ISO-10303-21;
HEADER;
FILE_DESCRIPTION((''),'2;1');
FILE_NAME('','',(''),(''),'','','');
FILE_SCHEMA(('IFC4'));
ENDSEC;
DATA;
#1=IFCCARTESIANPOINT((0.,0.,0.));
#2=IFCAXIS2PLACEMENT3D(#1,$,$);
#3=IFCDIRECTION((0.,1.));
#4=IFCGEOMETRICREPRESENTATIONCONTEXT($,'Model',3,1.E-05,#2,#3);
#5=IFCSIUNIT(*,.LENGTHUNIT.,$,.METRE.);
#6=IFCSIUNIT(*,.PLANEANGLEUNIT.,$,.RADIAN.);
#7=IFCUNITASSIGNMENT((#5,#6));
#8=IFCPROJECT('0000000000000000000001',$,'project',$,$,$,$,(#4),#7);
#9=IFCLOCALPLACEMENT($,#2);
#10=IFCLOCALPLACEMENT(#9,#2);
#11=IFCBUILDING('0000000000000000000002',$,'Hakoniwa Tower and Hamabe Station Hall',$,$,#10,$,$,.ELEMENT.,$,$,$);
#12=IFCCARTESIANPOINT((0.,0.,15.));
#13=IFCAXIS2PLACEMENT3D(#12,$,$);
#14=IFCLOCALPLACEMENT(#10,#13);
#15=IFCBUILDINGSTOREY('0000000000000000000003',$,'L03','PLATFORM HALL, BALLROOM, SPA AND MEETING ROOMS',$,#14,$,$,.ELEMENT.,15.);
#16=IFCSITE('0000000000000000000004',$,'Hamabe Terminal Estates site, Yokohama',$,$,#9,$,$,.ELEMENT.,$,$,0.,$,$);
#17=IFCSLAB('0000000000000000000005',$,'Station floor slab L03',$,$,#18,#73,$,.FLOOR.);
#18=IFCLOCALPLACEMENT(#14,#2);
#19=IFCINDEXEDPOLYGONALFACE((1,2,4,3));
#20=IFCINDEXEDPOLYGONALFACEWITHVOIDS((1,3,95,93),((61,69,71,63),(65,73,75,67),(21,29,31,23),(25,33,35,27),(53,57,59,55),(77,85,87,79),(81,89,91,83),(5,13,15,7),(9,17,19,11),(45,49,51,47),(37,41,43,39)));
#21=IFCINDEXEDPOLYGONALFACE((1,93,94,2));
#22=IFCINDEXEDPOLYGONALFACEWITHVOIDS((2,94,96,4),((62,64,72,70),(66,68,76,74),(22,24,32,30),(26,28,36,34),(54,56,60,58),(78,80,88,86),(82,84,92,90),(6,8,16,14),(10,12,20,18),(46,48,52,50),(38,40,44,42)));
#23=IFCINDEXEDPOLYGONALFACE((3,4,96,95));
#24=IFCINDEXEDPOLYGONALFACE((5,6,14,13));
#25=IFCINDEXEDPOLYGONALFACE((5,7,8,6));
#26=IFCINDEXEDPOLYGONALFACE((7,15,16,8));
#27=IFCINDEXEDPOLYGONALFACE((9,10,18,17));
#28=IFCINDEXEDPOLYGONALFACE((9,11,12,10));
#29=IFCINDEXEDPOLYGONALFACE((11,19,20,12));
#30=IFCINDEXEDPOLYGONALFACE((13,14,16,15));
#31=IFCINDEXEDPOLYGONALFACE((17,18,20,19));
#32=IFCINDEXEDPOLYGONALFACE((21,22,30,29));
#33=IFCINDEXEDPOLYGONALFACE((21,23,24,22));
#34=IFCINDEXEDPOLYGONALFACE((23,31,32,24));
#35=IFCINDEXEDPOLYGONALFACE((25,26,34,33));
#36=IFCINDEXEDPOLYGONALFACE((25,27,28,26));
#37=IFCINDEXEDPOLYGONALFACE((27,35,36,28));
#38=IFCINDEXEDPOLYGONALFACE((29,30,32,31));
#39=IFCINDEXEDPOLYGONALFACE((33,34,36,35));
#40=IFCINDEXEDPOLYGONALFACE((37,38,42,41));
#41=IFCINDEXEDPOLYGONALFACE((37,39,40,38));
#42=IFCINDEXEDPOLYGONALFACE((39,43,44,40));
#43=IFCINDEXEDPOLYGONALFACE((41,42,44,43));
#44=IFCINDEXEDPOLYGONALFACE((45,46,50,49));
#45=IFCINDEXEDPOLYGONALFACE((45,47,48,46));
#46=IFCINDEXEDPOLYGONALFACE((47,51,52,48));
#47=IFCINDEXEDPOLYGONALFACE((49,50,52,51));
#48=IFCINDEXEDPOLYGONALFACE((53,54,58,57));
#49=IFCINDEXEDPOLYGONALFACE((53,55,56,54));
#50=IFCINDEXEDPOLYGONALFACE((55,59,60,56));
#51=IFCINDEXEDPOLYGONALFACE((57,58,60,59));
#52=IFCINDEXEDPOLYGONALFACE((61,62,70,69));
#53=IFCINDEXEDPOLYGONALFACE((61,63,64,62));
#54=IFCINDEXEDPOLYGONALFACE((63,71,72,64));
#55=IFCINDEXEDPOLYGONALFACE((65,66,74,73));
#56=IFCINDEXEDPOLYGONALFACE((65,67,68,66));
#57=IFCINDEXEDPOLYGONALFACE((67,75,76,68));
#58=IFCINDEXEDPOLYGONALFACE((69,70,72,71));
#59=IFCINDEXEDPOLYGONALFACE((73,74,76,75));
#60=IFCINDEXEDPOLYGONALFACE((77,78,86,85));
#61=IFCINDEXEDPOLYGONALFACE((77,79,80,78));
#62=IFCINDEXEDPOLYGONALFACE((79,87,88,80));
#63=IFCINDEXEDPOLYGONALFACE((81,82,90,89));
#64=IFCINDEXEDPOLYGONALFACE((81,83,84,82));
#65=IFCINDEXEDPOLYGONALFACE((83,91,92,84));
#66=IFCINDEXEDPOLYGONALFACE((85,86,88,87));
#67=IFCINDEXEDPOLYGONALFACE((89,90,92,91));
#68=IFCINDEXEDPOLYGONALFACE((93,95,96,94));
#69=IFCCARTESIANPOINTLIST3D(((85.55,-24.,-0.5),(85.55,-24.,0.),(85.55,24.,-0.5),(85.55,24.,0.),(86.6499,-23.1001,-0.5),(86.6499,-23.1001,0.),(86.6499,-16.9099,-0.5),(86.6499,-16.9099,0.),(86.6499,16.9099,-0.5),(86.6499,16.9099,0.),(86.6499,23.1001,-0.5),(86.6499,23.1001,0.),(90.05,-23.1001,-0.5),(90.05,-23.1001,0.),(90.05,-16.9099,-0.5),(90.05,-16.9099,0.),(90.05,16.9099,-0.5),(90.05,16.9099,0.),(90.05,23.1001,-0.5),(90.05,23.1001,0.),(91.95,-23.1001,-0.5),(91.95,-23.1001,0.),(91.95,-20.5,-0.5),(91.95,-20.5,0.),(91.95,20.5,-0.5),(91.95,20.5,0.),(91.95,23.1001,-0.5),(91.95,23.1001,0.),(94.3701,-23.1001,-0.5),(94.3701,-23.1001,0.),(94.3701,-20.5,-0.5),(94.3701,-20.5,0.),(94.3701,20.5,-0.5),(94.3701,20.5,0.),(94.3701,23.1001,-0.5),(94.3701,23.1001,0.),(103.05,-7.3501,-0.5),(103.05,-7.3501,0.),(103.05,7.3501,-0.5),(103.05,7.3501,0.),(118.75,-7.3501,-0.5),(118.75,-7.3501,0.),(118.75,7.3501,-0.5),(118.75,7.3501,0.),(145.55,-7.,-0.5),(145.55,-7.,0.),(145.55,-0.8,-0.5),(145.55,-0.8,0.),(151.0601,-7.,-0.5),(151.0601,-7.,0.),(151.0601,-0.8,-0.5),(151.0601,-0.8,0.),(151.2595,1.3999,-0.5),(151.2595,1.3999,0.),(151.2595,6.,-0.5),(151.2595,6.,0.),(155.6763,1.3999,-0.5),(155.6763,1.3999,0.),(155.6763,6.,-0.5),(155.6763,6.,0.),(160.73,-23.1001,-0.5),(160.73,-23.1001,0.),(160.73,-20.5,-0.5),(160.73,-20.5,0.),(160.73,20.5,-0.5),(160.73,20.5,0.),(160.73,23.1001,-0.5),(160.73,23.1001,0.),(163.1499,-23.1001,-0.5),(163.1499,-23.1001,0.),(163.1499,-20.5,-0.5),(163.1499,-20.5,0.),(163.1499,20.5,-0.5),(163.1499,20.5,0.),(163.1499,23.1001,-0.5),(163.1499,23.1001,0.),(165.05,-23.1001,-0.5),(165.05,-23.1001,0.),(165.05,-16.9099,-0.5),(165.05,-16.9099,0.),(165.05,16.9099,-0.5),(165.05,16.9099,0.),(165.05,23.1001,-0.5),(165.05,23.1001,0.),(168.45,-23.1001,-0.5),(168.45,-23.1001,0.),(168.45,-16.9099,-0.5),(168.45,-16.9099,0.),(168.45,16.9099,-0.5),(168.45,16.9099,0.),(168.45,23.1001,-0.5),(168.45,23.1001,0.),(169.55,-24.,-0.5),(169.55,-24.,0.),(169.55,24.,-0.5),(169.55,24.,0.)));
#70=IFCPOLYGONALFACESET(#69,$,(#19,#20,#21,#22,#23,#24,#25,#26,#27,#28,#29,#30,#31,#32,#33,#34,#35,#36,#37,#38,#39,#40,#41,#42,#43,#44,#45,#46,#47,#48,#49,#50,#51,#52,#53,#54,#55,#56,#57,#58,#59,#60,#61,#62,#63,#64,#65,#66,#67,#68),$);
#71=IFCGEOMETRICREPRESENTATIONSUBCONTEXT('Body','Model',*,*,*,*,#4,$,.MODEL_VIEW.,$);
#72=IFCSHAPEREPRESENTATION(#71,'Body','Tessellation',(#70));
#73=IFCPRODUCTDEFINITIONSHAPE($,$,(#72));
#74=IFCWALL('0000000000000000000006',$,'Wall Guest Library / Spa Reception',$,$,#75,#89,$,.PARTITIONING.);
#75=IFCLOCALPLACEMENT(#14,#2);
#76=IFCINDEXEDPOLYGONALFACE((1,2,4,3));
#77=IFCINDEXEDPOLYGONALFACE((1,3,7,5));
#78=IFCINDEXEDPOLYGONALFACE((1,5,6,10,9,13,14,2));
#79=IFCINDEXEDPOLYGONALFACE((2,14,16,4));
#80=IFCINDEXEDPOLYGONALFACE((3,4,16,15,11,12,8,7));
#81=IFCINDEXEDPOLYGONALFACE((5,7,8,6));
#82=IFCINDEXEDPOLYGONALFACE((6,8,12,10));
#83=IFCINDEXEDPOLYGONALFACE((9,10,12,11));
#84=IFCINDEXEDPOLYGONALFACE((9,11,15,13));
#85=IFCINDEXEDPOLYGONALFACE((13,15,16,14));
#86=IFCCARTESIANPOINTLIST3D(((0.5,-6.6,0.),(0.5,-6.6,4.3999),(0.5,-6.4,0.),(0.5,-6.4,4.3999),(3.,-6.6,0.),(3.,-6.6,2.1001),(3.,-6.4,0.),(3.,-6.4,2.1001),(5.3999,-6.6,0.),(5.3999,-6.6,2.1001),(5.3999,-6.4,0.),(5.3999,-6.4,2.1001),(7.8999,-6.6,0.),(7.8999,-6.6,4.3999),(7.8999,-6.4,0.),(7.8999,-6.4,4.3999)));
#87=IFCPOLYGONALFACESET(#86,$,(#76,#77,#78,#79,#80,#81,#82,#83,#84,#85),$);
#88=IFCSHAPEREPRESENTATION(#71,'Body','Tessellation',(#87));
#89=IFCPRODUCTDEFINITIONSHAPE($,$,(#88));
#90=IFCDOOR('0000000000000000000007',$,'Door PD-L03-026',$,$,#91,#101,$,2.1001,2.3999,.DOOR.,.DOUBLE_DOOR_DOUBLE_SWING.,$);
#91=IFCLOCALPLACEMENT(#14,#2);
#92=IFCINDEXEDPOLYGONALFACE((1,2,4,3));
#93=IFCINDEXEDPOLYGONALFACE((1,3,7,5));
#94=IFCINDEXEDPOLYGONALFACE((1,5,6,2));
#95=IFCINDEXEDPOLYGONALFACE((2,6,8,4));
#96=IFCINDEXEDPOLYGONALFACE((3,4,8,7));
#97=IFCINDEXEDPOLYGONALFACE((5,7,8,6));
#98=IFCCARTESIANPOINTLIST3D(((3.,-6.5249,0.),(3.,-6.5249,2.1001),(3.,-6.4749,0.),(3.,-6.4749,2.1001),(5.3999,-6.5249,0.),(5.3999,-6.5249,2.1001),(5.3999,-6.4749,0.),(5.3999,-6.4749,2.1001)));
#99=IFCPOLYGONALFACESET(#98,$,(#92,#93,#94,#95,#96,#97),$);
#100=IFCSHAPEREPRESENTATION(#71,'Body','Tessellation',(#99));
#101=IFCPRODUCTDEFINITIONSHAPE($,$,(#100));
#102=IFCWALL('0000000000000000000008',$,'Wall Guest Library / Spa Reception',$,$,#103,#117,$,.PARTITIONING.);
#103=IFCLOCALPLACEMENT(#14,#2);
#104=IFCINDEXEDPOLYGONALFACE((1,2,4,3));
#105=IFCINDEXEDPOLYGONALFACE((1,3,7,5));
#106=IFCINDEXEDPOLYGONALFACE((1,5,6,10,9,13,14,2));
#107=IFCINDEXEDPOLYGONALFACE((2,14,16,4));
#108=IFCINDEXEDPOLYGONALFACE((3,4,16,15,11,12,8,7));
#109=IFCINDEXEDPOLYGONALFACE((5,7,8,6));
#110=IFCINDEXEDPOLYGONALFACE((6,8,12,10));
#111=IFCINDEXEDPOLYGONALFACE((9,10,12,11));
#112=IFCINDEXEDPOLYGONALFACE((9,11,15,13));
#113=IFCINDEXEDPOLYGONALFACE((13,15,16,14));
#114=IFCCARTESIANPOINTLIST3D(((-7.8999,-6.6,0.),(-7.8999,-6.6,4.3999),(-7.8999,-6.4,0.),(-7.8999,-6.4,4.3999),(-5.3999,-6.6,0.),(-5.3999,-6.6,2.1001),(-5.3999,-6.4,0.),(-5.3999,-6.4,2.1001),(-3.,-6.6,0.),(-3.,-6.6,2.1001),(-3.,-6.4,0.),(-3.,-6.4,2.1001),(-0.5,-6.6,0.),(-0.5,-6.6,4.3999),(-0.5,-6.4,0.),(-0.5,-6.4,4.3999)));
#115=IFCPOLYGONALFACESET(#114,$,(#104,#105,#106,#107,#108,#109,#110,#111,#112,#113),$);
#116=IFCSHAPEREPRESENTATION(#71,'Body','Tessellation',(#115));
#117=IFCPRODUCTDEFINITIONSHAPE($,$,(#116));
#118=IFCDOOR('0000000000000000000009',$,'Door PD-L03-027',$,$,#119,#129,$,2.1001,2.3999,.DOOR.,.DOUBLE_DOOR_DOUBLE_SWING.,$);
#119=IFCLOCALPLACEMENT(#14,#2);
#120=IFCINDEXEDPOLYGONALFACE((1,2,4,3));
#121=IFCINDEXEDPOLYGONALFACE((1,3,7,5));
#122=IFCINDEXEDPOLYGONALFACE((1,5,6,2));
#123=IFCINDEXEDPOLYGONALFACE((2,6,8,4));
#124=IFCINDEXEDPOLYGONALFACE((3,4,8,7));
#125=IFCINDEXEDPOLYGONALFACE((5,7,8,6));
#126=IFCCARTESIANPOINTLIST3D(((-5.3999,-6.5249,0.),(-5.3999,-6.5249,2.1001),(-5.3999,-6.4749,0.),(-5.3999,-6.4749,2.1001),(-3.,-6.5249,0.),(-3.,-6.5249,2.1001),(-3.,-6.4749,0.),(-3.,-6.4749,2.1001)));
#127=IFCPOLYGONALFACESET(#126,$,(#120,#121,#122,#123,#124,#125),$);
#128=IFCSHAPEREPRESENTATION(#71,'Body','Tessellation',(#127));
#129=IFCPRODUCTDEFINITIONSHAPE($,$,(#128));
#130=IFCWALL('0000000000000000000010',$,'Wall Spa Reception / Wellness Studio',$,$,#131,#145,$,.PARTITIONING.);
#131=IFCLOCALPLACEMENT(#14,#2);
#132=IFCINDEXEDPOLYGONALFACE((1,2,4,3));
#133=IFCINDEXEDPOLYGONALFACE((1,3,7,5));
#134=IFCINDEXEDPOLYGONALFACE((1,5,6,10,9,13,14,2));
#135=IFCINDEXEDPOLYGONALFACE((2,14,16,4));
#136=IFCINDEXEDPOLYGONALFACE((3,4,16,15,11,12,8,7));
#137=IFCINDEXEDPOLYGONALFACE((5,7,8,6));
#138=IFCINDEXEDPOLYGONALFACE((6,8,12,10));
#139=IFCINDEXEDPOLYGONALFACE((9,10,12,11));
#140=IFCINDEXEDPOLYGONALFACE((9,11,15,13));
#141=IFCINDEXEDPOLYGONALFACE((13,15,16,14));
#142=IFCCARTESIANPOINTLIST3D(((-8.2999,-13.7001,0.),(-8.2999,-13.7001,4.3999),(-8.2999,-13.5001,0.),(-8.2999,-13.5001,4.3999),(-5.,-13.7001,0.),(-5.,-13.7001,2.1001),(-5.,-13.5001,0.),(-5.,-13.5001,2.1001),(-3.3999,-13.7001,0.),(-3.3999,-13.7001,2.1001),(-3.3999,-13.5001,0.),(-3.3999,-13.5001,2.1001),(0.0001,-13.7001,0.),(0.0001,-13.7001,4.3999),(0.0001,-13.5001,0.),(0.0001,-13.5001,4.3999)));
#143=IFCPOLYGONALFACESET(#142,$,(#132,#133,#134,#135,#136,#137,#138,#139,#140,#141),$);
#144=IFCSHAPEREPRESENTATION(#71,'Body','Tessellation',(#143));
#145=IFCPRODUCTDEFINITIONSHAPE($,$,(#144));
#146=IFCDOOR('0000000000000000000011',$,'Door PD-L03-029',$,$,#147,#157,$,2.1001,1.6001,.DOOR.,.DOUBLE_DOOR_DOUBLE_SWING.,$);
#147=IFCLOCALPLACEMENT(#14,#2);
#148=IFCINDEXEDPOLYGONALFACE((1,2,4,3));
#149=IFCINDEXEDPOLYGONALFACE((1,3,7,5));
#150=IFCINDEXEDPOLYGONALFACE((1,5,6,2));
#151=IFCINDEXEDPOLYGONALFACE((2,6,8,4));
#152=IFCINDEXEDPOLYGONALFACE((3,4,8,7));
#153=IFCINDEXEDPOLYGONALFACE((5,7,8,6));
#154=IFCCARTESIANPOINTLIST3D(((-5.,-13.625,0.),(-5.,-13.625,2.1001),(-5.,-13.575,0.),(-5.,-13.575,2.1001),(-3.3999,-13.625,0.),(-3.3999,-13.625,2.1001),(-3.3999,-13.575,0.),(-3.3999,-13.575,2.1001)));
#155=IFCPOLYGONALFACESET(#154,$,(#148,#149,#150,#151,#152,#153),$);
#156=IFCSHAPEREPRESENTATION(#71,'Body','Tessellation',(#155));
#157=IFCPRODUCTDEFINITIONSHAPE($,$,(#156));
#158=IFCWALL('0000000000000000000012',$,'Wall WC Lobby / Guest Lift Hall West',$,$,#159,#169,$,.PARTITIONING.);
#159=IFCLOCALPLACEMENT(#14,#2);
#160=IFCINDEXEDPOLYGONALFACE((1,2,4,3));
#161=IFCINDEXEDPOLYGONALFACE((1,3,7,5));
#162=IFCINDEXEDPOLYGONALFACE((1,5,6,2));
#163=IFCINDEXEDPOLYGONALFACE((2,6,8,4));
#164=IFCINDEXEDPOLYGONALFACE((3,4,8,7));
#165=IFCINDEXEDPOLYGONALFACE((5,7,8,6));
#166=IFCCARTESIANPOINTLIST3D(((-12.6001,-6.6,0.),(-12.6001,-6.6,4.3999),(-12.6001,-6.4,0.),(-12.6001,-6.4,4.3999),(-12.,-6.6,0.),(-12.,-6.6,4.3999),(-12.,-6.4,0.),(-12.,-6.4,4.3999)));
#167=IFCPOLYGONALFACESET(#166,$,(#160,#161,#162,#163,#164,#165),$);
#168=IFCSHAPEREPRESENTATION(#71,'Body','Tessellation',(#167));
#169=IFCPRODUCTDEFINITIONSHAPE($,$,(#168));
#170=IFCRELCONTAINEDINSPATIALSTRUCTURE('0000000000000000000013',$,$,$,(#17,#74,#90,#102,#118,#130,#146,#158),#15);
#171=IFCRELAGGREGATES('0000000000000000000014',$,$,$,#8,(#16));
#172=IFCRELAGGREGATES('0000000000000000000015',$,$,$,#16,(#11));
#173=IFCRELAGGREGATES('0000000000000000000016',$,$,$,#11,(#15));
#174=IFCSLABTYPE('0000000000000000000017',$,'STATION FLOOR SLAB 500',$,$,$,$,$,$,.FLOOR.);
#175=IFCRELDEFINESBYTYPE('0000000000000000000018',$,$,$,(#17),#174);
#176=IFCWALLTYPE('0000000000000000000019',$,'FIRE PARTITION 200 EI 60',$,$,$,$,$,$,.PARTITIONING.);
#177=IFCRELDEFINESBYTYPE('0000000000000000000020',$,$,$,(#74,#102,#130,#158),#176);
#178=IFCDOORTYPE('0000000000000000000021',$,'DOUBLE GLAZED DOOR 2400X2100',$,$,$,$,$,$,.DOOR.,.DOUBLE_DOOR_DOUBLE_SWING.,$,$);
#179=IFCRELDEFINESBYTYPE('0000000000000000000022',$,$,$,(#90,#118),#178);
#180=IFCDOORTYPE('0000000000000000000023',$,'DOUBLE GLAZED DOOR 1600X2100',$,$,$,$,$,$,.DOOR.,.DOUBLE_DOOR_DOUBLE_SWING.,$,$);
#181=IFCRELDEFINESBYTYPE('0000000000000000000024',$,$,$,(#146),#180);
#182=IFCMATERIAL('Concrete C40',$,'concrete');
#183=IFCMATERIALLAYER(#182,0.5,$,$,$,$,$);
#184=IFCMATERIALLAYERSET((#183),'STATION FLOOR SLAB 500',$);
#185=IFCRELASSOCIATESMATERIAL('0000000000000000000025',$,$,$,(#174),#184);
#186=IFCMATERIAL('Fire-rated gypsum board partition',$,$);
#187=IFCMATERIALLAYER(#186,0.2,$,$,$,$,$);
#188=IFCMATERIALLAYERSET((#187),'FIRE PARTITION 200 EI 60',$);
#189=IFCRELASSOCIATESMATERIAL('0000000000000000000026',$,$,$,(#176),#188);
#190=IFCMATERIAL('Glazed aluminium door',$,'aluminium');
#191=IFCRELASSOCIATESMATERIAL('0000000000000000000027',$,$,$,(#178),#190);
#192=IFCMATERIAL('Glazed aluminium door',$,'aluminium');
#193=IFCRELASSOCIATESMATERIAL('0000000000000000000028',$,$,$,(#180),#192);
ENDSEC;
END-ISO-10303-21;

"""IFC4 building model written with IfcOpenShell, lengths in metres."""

from ifc_helpers import new_model, si_unit, direction, frame, frame_2d, origin, place, context, subcontext, project, spatial, polyline, rectangle, outline, extrude, material, layer, layer_set, type_object, element, fill, save


model = new_model("IFC4")

# Units and contexts
model_context = context("Model", 3, precision=1e-05, world=origin(), true_north=direction((0.0, 1.0)))
body_context = subcontext(model_context, "Body", "Model", "MODEL_VIEW")
ifc_project = project(units=[si_unit("LENGTHUNIT", "METRE"), si_unit("PLANEANGLEUNIT", "RADIAN")], contexts=[model_context])

# Site, building, storey
site_placement = place(None, origin())
site = spatial("IfcSite", under=ifc_project, at=site_placement, Name="Hamabe Terminal Estates site, Yokohama", CompositionType="ELEMENT", RefElevation=0.0)
building_placement = place(site_placement, origin())
building = spatial("IfcBuilding", under=site, at=building_placement, Name="Hakoniwa Tower and Hamabe Station Hall", CompositionType="ELEMENT")
storey_placement = place(building_placement, frame((0.0, 0.0, 15.0)))
storey = spatial("IfcBuildingStorey", under=building, at=storey_placement, Name="L03", Description="PLATFORM HALL, BALLROOM, SPA AND MEETING ROOMS", CompositionType="ELEMENT", Elevation=15.0)

# Slab
ifc_material_1 = material(Name="Concrete C40", Category="concrete")
ifc_layer_1 = layer(ifc_material_1, 0.5)
ifc_layer_set_1 = layer_set([ifc_layer_1], Name="STATION FLOOR SLAB 500")
slab_type_1 = type_object("IfcSlabType", Name="STATION FLOOR SLAB 500", PredefinedType="FLOOR", material=ifc_layer_set_1)
slab_1_placement = place(storey_placement, frame((0.0, 0.0, -0.5)))
element("IfcSlab", 1, at=slab_1_placement, inside=storey, type_object=slab_type_1, Name="Station floor slab L03", PredefinedType="FLOOR", context=body_context, shape_type="SweptSolid", body=[
    extrude(outline(polyline([(169.55, -24.0), (169.55, 24.0), (85.55, 24.0), (85.55, -24.0), (169.55, -24.0)]), holes=[polyline([(118.75, -7.3501), (103.05, -7.3501), (103.05, 7.3501), (118.75, 7.3501), (118.75, -7.3501)]), polyline([(94.3701, 20.5), (91.95, 20.5), (91.95, 23.1001), (94.3701, 23.1001), (94.3701, 20.5)]), polyline([(90.05, 16.9099), (86.6499, 16.9099), (86.6499, 23.1001), (90.05, 23.1001), (90.05, 16.9099)]), polyline([(163.1499, 20.5), (160.73, 20.5), (160.73, 23.1001), (163.1499, 23.1001), (163.1499, 20.5)]), polyline([(168.45, 16.9099), (165.05, 16.9099), (165.05, 23.1001), (168.45, 23.1001), (168.45, 16.9099)]), polyline([(94.3701, -23.1001), (91.95, -23.1001), (91.95, -20.5), (94.3701, -20.5), (94.3701, -23.1001)]), polyline([(90.05, -23.1001), (86.6499, -23.1001), (86.6499, -16.9099), (90.05, -16.9099), (90.05, -23.1001)]), polyline([(163.1499, -23.1001), (160.73, -23.1001), (160.73, -20.5), (163.1499, -20.5), (163.1499, -23.1001)]), polyline([(168.45, -23.1001), (165.05, -23.1001), (165.05, -16.9099), (168.45, -16.9099), (168.45, -23.1001)]), polyline([(151.0601, -0.8), (151.0601, -7.0), (145.55, -7.0), (145.55, -0.8), (151.0601, -0.8)]), polyline([(155.6763, 1.3999), (151.2595, 1.3999), (151.2595, 6.0), (155.6763, 6.0), (155.6763, 1.3999)])]), origin(), (0.0, 0.0, 1.0), 0.5),
])

# Walls, openings, doors
ifc_material_2 = material(Name="Fire-rated gypsum board partition")
ifc_layer_2 = layer(ifc_material_2, 0.2)
ifc_layer_set_2 = layer_set([ifc_layer_2], Name="FIRE PARTITION 200 EI 60")
wall_type = type_object("IfcWallType", Name="FIRE PARTITION 200 EI 60", PredefinedType="PARTITIONING", material=ifc_layer_set_2)
wall_1_placement = place(storey_placement, frame((7.8999, -6.5, 0.0), z_axis=(0.0, 0.0, 1.0), x_axis=(-1.0, 0.0, 0.0)))
wall_1 = element("IfcWall", 2, at=wall_1_placement, inside=storey, type_object=wall_type, Name="Wall Guest Library / Spa Reception", PredefinedType="PARTITIONING", context=body_context, shape_type="SweptSolid", body=[
    extrude(rectangle(XDim=7.3999, YDim=0.2, at=frame_2d((3.7, 0.0))), origin(), (0.0, 0.0, 1.0), 4.3999),
])
opening_1_placement = place(wall_1_placement, frame((2.5, 0.0, 0.0)))
opening_1 = element("IfcOpeningElement", 3, at=opening_1_placement, cuts=wall_1, PredefinedType="OPENING", context=body_context, shape_type="SweptSolid", body=[
    extrude(rectangle(XDim=2.3999, YDim=2.1001, at=frame_2d((1.2, 1.05))), frame((0.0, 0.1099, 0.0), z_axis=(0.0, -1.0, 0.0), x_axis=(1.0, 0.0, 0.0)), (0.0, 0.0, 1.0), 0.22),
])
ifc_material_3 = material(Name="Glazed aluminium door", Category="aluminium")
door_type_1 = type_object("IfcDoorType", Name="DOUBLE GLAZED DOOR 2400X2100", OperationType="DOUBLE_DOOR_DOUBLE_SWING", PredefinedType="DOOR", material=ifc_material_3)
door_1_placement = place(opening_1_placement, origin())
door_1 = element("IfcDoor", 4, at=door_1_placement, inside=storey, type_object=door_type_1, Name="Door PD-L03-026", OperationType="DOUBLE_DOOR_DOUBLE_SWING", OverallHeight=2.1001, OverallWidth=2.3999, PredefinedType="DOOR", context=body_context, shape_type="SweptSolid", body=[
    extrude(rectangle(XDim=2.3999, YDim=2.1001, at=frame_2d((1.2, 1.05))), frame((0.0, 0.0249, 0.0), z_axis=(0.0, -1.0, 0.0), x_axis=(1.0, 0.0, 0.0)), (0.0, 0.0, 1.0), 0.05),
])
fill(opening_1, door_1)
wall_2_placement = place(storey_placement, frame((-0.5, -6.5, 0.0), z_axis=(0.0, 0.0, 1.0), x_axis=(-1.0, 0.0, 0.0)))
wall_2 = element("IfcWall", 5, at=wall_2_placement, inside=storey, type_object=wall_type, Name="Wall Guest Library / Spa Reception", PredefinedType="PARTITIONING", context=body_context, shape_type="SweptSolid", body=[
    extrude(rectangle(XDim=7.3999, YDim=0.2, at=frame_2d((3.7, 0.0))), origin(), (0.0, 0.0, 1.0), 4.3999),
])
opening_2_placement = place(wall_2_placement, frame((2.5, 0.0, 0.0)))
opening_2 = element("IfcOpeningElement", 6, at=opening_2_placement, cuts=wall_2, PredefinedType="OPENING", context=body_context, shape_type="SweptSolid", body=[
    extrude(rectangle(XDim=2.3999, YDim=2.1001, at=frame_2d((1.2, 1.05))), frame((0.0, 0.1099, 0.0), z_axis=(0.0, -1.0, 0.0), x_axis=(1.0, 0.0, 0.0)), (0.0, 0.0, 1.0), 0.22),
])
door_2_placement = place(opening_2_placement, origin())
door_2 = element("IfcDoor", 7, at=door_2_placement, inside=storey, type_object=door_type_1, Name="Door PD-L03-027", OperationType="DOUBLE_DOOR_DOUBLE_SWING", OverallHeight=2.1001, OverallWidth=2.3999, PredefinedType="DOOR", context=body_context, shape_type="SweptSolid", body=[
    extrude(rectangle(XDim=2.3999, YDim=2.1001, at=frame_2d((1.2, 1.05))), frame((0.0, 0.0249, 0.0), z_axis=(0.0, -1.0, 0.0), x_axis=(1.0, 0.0, 0.0)), (0.0, 0.0, 1.0), 0.05),
])
fill(opening_2, door_2)
wall_3_placement = place(storey_placement, frame((0.0, -13.6001, 0.0), z_axis=(0.0, 0.0, 1.0), x_axis=(-1.0, 0.0, 0.0)))
wall_3 = element("IfcWall", 8, at=wall_3_placement, inside=storey, type_object=wall_type, Name="Wall Spa Reception / Wellness Studio", PredefinedType="PARTITIONING", context=body_context, shape_type="SweptSolid", body=[
    extrude(rectangle(XDim=8.3, YDim=0.2, at=frame_2d((4.1499, 0.0))), origin(), (0.0, 0.0, 1.0), 4.3999),
])
opening_3_placement = place(wall_3_placement, frame((3.3999, 0.0, 0.0)))
opening_3 = element("IfcOpeningElement", 9, at=opening_3_placement, cuts=wall_3, PredefinedType="OPENING", context=body_context, shape_type="SweptSolid", body=[
    extrude(rectangle(XDim=1.6001, YDim=2.1001, at=frame_2d((0.8, 1.05))), frame((0.0, 0.1099, 0.0), z_axis=(0.0, -1.0, 0.0), x_axis=(1.0, 0.0, 0.0)), (0.0, 0.0, 1.0), 0.22),
])
ifc_material_4 = material(Name="Glazed aluminium door", Category="aluminium")
door_type_2 = type_object("IfcDoorType", Name="DOUBLE GLAZED DOOR 1600X2100", OperationType="DOUBLE_DOOR_DOUBLE_SWING", PredefinedType="DOOR", material=ifc_material_4)
door_3_placement = place(opening_3_placement, origin())
door_3 = element("IfcDoor", 10, at=door_3_placement, inside=storey, type_object=door_type_2, Name="Door PD-L03-029", OperationType="DOUBLE_DOOR_DOUBLE_SWING", OverallHeight=2.1001, OverallWidth=1.6001, PredefinedType="DOOR", context=body_context, shape_type="SweptSolid", body=[
    extrude(rectangle(XDim=1.6001, YDim=2.1001, at=frame_2d((0.8, 1.05))), frame((0.0, 0.0249, 0.0), z_axis=(0.0, -1.0, 0.0), x_axis=(1.0, 0.0, 0.0)), (0.0, 0.0, 1.0), 0.05),
])
fill(opening_3, door_3)

# Wall
wall_4_placement = place(storey_placement, frame((-12.6001, -6.5, 0.0), z_axis=(0.0, 0.0, 1.0), x_axis=(1.0, 0.0, 0.0)))
element("IfcWall", 11, at=wall_4_placement, inside=storey, type_object=wall_type, Name="Wall WC Lobby / Guest Lift Hall West", PredefinedType="PARTITIONING", context=body_context, shape_type="SweptSolid", body=[
    extrude(rectangle(XDim=0.6001, YDim=0.2, at=frame_2d((0.3, 0.0))), origin(), (0.0, 0.0, 1.0), 4.3999),
])

save(model, "model.ifc")
